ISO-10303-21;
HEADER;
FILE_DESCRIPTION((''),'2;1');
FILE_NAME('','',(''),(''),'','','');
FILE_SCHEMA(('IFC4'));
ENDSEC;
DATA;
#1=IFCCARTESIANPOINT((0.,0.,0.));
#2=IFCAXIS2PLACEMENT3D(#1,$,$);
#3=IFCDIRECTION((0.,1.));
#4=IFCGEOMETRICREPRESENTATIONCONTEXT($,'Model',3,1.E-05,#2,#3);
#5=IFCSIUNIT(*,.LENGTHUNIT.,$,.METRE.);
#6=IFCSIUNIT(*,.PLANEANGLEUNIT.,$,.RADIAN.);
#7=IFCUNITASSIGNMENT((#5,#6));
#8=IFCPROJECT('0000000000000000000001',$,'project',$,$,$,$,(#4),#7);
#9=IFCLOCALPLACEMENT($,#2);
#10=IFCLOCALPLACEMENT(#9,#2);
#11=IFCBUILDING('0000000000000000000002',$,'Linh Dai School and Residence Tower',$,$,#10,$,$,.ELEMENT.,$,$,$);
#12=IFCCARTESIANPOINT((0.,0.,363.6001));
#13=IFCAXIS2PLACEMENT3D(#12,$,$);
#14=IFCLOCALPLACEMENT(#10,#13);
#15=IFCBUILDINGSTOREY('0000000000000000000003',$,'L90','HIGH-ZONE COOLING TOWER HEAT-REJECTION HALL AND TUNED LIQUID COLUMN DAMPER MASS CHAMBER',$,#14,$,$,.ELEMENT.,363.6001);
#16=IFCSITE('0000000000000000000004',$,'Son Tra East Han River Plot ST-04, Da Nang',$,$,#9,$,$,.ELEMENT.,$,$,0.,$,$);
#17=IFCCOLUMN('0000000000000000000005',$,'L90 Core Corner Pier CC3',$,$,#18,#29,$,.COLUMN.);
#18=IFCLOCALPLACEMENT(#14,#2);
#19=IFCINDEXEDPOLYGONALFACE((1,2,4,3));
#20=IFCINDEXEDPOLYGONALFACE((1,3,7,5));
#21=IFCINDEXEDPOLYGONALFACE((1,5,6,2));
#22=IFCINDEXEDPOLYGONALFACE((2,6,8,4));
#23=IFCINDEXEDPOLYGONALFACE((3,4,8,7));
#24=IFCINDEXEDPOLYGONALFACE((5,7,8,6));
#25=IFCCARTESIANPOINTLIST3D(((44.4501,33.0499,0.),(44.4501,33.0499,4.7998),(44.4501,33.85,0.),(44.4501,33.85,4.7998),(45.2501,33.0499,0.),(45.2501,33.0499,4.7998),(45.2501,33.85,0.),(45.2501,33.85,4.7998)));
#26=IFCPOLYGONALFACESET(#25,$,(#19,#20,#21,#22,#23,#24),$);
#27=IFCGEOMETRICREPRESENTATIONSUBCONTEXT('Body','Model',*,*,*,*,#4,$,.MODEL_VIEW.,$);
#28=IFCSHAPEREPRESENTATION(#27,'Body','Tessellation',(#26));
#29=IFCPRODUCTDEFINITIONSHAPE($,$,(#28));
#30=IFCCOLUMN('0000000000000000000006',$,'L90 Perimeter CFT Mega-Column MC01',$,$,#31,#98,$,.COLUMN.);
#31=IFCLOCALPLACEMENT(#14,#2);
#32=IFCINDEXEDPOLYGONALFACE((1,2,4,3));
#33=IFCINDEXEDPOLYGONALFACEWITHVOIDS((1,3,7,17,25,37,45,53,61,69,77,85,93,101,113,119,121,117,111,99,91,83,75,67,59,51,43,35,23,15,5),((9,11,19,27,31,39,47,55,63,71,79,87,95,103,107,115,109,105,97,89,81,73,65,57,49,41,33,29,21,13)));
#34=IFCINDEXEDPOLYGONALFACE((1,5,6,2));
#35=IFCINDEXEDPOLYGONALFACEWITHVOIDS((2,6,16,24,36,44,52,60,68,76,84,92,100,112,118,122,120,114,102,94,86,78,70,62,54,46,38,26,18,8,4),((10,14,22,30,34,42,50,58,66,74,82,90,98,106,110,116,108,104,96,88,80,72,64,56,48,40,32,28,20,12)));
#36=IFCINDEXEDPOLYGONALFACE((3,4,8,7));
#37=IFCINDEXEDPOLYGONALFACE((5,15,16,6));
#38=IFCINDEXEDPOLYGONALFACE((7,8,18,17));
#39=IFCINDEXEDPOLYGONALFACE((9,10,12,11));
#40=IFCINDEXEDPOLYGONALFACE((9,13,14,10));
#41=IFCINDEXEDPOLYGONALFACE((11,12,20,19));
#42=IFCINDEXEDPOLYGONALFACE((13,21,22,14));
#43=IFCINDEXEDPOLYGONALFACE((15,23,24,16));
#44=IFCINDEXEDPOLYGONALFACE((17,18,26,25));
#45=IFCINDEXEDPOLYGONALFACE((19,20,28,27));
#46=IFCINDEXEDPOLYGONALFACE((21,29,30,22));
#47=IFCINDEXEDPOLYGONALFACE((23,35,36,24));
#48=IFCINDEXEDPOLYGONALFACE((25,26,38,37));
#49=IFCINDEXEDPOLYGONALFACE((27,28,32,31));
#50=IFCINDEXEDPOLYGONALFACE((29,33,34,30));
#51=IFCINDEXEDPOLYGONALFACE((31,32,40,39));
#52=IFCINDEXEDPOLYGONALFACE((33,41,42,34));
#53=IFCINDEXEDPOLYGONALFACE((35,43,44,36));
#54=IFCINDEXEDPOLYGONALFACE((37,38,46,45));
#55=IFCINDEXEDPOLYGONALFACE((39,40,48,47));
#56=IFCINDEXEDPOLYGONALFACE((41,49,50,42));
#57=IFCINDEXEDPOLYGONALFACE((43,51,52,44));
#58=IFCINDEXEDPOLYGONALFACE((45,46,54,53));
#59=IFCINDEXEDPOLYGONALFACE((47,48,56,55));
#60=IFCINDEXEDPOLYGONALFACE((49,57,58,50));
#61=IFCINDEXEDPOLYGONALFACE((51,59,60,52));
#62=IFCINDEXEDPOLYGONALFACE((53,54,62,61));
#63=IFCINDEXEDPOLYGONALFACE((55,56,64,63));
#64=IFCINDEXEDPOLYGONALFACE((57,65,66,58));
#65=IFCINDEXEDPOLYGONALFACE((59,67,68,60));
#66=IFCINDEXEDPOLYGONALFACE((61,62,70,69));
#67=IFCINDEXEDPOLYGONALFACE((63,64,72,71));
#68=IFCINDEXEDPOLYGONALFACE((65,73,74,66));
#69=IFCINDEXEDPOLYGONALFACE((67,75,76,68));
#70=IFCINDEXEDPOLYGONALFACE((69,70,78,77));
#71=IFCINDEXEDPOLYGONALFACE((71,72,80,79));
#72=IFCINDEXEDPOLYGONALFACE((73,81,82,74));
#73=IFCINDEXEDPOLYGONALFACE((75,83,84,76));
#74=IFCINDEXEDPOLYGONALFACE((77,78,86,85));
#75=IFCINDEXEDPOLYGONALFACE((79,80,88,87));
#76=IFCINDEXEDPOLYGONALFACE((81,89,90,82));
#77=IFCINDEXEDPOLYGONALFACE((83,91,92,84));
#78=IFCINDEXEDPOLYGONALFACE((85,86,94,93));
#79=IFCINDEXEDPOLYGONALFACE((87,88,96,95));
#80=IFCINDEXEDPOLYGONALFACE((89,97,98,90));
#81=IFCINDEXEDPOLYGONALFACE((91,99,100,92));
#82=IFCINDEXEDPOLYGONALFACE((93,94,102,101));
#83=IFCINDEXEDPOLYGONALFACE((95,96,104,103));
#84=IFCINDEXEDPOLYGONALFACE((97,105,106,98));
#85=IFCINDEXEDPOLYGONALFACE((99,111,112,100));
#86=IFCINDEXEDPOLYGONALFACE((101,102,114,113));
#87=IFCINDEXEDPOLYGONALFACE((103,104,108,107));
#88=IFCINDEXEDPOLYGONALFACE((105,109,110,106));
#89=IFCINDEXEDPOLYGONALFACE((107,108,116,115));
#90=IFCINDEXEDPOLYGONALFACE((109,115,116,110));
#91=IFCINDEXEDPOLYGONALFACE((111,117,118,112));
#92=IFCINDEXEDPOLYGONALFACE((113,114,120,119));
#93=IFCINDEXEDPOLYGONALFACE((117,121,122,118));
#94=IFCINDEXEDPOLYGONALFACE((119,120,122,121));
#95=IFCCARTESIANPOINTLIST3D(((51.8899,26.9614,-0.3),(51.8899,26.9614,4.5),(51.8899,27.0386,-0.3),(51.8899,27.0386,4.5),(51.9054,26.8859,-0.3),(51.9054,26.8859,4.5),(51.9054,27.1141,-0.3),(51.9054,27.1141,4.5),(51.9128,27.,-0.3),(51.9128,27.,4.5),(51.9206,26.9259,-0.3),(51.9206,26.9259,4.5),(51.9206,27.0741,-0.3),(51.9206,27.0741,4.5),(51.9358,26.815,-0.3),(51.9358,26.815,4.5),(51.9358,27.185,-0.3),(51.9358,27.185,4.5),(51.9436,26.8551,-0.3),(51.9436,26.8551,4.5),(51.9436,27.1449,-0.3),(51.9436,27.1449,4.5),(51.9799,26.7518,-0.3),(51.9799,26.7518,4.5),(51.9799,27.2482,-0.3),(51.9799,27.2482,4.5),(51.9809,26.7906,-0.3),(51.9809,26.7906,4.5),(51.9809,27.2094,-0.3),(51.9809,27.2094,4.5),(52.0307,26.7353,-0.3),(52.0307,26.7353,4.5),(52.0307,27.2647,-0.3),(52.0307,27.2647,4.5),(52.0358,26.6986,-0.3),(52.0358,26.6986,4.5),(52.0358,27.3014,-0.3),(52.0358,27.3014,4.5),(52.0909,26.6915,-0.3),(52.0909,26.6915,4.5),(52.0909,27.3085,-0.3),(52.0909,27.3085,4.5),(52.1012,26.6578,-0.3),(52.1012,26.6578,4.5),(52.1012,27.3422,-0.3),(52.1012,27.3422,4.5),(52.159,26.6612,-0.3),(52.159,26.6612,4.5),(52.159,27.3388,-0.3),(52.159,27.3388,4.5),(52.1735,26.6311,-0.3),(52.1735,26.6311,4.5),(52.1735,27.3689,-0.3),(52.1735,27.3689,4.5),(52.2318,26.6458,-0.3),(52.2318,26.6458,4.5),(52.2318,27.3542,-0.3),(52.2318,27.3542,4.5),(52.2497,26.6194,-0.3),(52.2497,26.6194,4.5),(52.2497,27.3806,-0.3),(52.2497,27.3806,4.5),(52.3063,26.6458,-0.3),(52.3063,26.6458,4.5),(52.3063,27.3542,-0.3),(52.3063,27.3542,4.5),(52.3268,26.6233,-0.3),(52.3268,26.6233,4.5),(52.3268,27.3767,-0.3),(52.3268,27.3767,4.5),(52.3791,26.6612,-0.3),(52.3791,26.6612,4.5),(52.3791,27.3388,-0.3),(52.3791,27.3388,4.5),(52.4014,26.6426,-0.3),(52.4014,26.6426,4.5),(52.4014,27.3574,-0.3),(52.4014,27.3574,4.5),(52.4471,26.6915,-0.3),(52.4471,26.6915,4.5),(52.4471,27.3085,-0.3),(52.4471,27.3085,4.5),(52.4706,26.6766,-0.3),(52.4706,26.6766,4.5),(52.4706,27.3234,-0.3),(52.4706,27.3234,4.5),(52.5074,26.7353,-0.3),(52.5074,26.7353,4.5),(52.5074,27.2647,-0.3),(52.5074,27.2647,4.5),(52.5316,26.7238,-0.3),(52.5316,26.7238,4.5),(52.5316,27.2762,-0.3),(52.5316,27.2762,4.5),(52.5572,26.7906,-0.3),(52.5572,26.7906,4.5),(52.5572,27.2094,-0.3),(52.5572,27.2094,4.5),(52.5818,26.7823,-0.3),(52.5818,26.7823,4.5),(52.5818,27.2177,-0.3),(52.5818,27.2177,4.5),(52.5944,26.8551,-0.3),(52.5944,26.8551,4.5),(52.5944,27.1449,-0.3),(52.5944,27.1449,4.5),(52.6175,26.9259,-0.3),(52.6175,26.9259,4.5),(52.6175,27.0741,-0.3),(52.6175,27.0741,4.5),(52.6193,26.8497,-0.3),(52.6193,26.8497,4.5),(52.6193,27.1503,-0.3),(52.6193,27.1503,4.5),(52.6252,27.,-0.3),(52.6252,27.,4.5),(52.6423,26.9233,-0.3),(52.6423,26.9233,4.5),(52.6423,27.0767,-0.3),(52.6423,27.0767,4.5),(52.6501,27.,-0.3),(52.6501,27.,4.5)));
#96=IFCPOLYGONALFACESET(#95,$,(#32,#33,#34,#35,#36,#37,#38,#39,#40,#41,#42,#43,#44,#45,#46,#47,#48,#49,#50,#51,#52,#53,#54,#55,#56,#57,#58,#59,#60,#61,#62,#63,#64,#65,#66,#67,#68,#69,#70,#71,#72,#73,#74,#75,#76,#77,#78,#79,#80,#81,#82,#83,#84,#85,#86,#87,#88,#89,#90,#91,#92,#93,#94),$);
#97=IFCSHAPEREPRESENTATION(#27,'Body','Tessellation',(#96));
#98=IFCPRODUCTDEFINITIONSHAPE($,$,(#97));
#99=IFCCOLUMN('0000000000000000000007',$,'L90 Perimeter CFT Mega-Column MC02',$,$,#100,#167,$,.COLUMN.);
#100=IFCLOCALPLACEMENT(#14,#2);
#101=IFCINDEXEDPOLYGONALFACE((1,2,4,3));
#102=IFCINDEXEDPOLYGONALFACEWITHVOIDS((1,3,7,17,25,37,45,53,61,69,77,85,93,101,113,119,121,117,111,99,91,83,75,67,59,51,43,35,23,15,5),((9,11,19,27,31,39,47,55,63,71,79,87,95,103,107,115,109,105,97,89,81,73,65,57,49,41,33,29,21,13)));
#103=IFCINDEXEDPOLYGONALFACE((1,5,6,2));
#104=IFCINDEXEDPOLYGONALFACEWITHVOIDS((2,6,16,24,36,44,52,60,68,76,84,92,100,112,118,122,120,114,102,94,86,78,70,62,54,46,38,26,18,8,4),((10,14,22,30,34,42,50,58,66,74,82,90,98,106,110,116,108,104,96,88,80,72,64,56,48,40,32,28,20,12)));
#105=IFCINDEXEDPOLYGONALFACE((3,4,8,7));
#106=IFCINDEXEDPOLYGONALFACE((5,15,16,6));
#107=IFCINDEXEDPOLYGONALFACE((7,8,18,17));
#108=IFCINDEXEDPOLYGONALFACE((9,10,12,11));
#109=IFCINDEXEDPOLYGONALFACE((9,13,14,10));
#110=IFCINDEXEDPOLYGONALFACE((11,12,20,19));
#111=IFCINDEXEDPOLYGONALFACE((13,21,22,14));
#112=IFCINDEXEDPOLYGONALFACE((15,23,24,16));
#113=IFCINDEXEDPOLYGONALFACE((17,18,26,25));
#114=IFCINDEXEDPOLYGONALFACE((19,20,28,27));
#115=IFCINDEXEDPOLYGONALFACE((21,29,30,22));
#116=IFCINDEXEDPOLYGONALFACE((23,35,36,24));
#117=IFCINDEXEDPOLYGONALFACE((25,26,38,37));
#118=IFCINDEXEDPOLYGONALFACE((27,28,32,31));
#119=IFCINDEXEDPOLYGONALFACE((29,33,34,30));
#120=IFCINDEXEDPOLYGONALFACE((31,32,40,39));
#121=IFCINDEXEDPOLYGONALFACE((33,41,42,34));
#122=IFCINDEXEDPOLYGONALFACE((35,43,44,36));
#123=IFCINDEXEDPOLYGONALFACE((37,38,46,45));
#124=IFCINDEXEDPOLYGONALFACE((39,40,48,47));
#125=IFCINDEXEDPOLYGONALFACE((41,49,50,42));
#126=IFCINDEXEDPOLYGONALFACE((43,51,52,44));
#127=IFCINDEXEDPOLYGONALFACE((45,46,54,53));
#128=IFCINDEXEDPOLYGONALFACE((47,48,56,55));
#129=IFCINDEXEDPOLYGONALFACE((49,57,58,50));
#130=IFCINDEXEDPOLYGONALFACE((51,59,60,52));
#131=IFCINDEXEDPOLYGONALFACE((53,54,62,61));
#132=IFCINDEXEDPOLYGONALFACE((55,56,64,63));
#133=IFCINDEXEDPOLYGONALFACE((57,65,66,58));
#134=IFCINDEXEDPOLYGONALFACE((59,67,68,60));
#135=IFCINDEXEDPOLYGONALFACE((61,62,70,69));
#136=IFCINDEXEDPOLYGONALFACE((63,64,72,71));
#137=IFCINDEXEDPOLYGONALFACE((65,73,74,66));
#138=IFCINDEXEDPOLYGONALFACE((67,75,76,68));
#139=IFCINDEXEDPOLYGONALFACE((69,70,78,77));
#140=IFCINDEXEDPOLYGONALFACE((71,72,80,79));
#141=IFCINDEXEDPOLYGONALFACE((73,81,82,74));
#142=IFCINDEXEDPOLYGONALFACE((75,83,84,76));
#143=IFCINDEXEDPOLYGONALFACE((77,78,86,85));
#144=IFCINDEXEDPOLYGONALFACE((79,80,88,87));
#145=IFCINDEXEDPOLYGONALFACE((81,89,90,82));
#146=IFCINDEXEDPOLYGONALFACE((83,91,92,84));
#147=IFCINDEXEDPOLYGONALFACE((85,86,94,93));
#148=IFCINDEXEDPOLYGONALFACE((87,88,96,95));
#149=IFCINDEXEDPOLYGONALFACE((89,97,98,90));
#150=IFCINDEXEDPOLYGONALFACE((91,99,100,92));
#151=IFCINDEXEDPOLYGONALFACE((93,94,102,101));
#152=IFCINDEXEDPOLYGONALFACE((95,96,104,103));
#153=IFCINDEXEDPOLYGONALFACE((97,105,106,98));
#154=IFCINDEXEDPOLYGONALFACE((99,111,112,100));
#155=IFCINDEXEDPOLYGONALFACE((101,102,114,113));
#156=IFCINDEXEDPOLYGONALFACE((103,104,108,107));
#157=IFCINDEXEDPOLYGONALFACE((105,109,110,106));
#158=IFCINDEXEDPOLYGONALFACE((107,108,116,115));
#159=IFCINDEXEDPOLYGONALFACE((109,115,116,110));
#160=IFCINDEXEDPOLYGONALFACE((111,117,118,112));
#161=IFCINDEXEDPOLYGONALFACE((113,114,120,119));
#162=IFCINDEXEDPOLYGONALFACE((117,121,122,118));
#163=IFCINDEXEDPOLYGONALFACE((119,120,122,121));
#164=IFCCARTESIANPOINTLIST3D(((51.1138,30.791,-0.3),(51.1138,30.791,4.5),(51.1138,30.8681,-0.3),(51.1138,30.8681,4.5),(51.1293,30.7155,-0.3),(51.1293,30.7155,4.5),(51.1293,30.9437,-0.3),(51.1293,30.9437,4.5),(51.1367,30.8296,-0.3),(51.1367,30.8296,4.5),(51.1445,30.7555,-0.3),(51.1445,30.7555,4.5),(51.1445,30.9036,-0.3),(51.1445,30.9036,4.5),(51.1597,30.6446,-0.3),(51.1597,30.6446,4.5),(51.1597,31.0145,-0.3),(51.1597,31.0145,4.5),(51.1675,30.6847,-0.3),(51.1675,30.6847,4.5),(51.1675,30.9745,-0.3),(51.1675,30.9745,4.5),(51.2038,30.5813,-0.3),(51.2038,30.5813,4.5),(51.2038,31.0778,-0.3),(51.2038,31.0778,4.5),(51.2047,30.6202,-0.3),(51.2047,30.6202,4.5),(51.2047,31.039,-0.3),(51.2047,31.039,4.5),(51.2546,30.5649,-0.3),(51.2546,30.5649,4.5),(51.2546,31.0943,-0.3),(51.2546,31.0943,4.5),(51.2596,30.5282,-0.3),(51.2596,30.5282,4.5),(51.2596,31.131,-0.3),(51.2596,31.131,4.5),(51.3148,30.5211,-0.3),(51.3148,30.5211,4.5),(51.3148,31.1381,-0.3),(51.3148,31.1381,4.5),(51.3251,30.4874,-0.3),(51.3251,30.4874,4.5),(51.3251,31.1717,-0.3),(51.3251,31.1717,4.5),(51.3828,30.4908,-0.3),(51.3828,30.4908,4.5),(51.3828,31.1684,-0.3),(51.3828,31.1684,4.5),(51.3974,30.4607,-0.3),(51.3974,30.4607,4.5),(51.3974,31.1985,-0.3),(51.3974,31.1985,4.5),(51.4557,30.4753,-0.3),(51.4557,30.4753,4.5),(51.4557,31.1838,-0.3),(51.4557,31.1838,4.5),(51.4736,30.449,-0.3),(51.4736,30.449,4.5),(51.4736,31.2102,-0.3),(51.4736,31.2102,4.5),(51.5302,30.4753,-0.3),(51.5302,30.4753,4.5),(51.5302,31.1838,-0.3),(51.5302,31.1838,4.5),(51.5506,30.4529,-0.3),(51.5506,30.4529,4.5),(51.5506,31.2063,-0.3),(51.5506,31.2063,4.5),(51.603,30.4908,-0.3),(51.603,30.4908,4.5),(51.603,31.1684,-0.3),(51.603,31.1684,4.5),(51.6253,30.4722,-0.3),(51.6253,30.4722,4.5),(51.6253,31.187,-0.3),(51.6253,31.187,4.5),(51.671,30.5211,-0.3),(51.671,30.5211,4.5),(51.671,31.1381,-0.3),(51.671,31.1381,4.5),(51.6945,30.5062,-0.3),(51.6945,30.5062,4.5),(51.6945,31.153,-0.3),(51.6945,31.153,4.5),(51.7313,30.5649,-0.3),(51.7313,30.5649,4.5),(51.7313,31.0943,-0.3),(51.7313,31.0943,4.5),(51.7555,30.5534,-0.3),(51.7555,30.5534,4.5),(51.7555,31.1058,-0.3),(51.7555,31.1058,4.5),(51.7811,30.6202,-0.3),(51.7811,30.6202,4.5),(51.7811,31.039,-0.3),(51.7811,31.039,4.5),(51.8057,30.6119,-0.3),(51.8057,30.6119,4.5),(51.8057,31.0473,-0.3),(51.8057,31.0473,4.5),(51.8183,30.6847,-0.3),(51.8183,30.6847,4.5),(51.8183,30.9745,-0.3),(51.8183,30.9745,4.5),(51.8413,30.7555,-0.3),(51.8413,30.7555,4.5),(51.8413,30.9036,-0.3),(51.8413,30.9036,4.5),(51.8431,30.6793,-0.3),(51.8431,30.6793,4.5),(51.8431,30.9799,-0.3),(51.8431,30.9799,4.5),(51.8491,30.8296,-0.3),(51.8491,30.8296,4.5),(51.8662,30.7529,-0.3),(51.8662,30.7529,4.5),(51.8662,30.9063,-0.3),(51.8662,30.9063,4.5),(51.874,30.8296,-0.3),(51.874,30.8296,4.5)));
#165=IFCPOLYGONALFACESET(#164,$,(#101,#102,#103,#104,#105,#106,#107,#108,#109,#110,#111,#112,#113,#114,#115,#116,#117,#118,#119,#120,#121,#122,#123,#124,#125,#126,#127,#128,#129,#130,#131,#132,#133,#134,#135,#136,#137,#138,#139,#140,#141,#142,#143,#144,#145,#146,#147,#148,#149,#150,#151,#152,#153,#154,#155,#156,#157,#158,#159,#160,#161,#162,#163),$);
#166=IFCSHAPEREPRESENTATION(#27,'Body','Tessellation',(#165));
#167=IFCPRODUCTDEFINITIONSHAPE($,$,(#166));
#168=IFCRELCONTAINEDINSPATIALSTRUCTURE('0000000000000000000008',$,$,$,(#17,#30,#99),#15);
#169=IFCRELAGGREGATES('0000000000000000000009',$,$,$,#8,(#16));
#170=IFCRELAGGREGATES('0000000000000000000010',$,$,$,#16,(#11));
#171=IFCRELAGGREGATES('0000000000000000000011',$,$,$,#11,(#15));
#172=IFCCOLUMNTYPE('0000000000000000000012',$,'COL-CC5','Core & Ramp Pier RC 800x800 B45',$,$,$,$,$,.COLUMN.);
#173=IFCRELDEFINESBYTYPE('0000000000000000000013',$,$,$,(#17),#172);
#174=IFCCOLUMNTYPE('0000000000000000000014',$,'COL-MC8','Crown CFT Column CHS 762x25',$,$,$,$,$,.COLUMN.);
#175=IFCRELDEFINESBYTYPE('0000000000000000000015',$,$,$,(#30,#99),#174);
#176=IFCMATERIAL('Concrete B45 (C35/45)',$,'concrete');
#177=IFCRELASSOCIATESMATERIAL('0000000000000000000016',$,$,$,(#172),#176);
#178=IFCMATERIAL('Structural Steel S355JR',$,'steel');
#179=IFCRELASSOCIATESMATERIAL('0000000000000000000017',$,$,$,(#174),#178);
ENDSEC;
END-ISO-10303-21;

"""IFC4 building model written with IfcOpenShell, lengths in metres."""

from ifc_helpers import new_model, si_unit, direction, frame, origin, origin_2d, place, context, subcontext, project, spatial, rectangle, hollow_circle, extrude, material, material_profile, profile_set, type_object, element, save


model = new_model("IFC4")

# Units and contexts
model_context = context("Model", 3, precision=1e-05, world=origin(), true_north=direction((0.0, 1.0)))
body_context = subcontext(model_context, "Body", "Model", "MODEL_VIEW")
ifc_project = project(units=[si_unit("LENGTHUNIT", "METRE"), si_unit("PLANEANGLEUNIT", "RADIAN")], contexts=[model_context])

# Site, building, storey
site_placement = place(None, origin())
site = spatial("IfcSite", under=ifc_project, at=site_placement, Name="Son Tra East Han River Plot ST-04, Da Nang", CompositionType="ELEMENT", RefElevation=0.0)
building_placement = place(site_placement, origin())
building = spatial("IfcBuilding", under=site, at=building_placement, Name="Linh Dai School and Residence Tower", CompositionType="ELEMENT")
storey_placement = place(building_placement, frame((0.0, 0.0, 363.6001)))
storey = spatial("IfcBuildingStorey", under=building, at=storey_placement, Name="L90", Description="HIGH-ZONE COOLING TOWER HEAT-REJECTION HALL AND TUNED LIQUID COLUMN DAMPER MASS CHAMBER", CompositionType="ELEMENT", Elevation=363.6001)

# Columns
ifc_material_1 = material(Name="Concrete B45 (C35/45)", Category="concrete")
ifc_material_profile_1 = material_profile(ifc_material_1, rectangle(XDim=0.8, YDim=0.8, at=origin_2d()), Name="RC 800x800")
ifc_profile_set_1 = profile_set([ifc_material_profile_1], Name="Concrete B45 (C35/45)")
column_type_1 = type_object("IfcColumnType", Name="COL-CC5", Description="Core & Ramp Pier RC 800x800 B45", PredefinedType="COLUMN", material=ifc_profile_set_1)
column_placement = place(storey_placement, frame((44.8501, 33.45, 0.0), z_axis=(0.0, 0.0, 1.0), x_axis=(1.0, 0.0, 0.0)))
element("IfcColumn", 1, at=column_placement, inside=storey, type_object=column_type_1, Name="L90 Core Corner Pier CC3", PredefinedType="COLUMN", context=body_context, shape_type="SweptSolid", body=[
    extrude(rectangle(XDim=0.8, YDim=0.8, at=origin_2d()), origin(), (0.0, 0.0, 1.0), 4.7998),
])
ifc_material_2 = material(Name="Structural Steel S355JR", Category="steel")
ifc_material_profile_2 = material_profile(ifc_material_2, hollow_circle(Radius=0.3811, WallThickness=0.0249, at=origin_2d()), Name="CHS 762x25")
ifc_profile_set_2 = profile_set([ifc_material_profile_2], Name="Structural Steel S355JR")
column_type_2 = type_object("IfcColumnType", Name="COL-MC8", Description="Crown CFT Column CHS 762x25", PredefinedType="COLUMN", material=ifc_profile_set_2)
for number, where, z_axis, x_axis, name in (
    (2, (52.269, 27.0, -0.3), (0.0, 0.0, 1.0), (1.0, 0.0, 0.0), "L90 Perimeter CFT Mega-Column MC01"),
    (3, (51.4929, 30.8296, -0.3), (0.0, 0.0, 1.0), (1.0, 0.0, 0.0), "L90 Perimeter CFT Mega-Column MC02"),
):
    element("IfcColumn", number, at=place(storey_placement, frame(where, z_axis=z_axis, x_axis=x_axis)), inside=storey, type_object=column_type_2, Name=name, PredefinedType="COLUMN", context=body_context, shape_type="SweptSolid", body=[
        extrude(hollow_circle(Radius=0.3811, WallThickness=0.0249, at=origin_2d()), origin(), (0.0, 0.0, 1.0), 4.8),
    ])

save(model, "model.ifc")
